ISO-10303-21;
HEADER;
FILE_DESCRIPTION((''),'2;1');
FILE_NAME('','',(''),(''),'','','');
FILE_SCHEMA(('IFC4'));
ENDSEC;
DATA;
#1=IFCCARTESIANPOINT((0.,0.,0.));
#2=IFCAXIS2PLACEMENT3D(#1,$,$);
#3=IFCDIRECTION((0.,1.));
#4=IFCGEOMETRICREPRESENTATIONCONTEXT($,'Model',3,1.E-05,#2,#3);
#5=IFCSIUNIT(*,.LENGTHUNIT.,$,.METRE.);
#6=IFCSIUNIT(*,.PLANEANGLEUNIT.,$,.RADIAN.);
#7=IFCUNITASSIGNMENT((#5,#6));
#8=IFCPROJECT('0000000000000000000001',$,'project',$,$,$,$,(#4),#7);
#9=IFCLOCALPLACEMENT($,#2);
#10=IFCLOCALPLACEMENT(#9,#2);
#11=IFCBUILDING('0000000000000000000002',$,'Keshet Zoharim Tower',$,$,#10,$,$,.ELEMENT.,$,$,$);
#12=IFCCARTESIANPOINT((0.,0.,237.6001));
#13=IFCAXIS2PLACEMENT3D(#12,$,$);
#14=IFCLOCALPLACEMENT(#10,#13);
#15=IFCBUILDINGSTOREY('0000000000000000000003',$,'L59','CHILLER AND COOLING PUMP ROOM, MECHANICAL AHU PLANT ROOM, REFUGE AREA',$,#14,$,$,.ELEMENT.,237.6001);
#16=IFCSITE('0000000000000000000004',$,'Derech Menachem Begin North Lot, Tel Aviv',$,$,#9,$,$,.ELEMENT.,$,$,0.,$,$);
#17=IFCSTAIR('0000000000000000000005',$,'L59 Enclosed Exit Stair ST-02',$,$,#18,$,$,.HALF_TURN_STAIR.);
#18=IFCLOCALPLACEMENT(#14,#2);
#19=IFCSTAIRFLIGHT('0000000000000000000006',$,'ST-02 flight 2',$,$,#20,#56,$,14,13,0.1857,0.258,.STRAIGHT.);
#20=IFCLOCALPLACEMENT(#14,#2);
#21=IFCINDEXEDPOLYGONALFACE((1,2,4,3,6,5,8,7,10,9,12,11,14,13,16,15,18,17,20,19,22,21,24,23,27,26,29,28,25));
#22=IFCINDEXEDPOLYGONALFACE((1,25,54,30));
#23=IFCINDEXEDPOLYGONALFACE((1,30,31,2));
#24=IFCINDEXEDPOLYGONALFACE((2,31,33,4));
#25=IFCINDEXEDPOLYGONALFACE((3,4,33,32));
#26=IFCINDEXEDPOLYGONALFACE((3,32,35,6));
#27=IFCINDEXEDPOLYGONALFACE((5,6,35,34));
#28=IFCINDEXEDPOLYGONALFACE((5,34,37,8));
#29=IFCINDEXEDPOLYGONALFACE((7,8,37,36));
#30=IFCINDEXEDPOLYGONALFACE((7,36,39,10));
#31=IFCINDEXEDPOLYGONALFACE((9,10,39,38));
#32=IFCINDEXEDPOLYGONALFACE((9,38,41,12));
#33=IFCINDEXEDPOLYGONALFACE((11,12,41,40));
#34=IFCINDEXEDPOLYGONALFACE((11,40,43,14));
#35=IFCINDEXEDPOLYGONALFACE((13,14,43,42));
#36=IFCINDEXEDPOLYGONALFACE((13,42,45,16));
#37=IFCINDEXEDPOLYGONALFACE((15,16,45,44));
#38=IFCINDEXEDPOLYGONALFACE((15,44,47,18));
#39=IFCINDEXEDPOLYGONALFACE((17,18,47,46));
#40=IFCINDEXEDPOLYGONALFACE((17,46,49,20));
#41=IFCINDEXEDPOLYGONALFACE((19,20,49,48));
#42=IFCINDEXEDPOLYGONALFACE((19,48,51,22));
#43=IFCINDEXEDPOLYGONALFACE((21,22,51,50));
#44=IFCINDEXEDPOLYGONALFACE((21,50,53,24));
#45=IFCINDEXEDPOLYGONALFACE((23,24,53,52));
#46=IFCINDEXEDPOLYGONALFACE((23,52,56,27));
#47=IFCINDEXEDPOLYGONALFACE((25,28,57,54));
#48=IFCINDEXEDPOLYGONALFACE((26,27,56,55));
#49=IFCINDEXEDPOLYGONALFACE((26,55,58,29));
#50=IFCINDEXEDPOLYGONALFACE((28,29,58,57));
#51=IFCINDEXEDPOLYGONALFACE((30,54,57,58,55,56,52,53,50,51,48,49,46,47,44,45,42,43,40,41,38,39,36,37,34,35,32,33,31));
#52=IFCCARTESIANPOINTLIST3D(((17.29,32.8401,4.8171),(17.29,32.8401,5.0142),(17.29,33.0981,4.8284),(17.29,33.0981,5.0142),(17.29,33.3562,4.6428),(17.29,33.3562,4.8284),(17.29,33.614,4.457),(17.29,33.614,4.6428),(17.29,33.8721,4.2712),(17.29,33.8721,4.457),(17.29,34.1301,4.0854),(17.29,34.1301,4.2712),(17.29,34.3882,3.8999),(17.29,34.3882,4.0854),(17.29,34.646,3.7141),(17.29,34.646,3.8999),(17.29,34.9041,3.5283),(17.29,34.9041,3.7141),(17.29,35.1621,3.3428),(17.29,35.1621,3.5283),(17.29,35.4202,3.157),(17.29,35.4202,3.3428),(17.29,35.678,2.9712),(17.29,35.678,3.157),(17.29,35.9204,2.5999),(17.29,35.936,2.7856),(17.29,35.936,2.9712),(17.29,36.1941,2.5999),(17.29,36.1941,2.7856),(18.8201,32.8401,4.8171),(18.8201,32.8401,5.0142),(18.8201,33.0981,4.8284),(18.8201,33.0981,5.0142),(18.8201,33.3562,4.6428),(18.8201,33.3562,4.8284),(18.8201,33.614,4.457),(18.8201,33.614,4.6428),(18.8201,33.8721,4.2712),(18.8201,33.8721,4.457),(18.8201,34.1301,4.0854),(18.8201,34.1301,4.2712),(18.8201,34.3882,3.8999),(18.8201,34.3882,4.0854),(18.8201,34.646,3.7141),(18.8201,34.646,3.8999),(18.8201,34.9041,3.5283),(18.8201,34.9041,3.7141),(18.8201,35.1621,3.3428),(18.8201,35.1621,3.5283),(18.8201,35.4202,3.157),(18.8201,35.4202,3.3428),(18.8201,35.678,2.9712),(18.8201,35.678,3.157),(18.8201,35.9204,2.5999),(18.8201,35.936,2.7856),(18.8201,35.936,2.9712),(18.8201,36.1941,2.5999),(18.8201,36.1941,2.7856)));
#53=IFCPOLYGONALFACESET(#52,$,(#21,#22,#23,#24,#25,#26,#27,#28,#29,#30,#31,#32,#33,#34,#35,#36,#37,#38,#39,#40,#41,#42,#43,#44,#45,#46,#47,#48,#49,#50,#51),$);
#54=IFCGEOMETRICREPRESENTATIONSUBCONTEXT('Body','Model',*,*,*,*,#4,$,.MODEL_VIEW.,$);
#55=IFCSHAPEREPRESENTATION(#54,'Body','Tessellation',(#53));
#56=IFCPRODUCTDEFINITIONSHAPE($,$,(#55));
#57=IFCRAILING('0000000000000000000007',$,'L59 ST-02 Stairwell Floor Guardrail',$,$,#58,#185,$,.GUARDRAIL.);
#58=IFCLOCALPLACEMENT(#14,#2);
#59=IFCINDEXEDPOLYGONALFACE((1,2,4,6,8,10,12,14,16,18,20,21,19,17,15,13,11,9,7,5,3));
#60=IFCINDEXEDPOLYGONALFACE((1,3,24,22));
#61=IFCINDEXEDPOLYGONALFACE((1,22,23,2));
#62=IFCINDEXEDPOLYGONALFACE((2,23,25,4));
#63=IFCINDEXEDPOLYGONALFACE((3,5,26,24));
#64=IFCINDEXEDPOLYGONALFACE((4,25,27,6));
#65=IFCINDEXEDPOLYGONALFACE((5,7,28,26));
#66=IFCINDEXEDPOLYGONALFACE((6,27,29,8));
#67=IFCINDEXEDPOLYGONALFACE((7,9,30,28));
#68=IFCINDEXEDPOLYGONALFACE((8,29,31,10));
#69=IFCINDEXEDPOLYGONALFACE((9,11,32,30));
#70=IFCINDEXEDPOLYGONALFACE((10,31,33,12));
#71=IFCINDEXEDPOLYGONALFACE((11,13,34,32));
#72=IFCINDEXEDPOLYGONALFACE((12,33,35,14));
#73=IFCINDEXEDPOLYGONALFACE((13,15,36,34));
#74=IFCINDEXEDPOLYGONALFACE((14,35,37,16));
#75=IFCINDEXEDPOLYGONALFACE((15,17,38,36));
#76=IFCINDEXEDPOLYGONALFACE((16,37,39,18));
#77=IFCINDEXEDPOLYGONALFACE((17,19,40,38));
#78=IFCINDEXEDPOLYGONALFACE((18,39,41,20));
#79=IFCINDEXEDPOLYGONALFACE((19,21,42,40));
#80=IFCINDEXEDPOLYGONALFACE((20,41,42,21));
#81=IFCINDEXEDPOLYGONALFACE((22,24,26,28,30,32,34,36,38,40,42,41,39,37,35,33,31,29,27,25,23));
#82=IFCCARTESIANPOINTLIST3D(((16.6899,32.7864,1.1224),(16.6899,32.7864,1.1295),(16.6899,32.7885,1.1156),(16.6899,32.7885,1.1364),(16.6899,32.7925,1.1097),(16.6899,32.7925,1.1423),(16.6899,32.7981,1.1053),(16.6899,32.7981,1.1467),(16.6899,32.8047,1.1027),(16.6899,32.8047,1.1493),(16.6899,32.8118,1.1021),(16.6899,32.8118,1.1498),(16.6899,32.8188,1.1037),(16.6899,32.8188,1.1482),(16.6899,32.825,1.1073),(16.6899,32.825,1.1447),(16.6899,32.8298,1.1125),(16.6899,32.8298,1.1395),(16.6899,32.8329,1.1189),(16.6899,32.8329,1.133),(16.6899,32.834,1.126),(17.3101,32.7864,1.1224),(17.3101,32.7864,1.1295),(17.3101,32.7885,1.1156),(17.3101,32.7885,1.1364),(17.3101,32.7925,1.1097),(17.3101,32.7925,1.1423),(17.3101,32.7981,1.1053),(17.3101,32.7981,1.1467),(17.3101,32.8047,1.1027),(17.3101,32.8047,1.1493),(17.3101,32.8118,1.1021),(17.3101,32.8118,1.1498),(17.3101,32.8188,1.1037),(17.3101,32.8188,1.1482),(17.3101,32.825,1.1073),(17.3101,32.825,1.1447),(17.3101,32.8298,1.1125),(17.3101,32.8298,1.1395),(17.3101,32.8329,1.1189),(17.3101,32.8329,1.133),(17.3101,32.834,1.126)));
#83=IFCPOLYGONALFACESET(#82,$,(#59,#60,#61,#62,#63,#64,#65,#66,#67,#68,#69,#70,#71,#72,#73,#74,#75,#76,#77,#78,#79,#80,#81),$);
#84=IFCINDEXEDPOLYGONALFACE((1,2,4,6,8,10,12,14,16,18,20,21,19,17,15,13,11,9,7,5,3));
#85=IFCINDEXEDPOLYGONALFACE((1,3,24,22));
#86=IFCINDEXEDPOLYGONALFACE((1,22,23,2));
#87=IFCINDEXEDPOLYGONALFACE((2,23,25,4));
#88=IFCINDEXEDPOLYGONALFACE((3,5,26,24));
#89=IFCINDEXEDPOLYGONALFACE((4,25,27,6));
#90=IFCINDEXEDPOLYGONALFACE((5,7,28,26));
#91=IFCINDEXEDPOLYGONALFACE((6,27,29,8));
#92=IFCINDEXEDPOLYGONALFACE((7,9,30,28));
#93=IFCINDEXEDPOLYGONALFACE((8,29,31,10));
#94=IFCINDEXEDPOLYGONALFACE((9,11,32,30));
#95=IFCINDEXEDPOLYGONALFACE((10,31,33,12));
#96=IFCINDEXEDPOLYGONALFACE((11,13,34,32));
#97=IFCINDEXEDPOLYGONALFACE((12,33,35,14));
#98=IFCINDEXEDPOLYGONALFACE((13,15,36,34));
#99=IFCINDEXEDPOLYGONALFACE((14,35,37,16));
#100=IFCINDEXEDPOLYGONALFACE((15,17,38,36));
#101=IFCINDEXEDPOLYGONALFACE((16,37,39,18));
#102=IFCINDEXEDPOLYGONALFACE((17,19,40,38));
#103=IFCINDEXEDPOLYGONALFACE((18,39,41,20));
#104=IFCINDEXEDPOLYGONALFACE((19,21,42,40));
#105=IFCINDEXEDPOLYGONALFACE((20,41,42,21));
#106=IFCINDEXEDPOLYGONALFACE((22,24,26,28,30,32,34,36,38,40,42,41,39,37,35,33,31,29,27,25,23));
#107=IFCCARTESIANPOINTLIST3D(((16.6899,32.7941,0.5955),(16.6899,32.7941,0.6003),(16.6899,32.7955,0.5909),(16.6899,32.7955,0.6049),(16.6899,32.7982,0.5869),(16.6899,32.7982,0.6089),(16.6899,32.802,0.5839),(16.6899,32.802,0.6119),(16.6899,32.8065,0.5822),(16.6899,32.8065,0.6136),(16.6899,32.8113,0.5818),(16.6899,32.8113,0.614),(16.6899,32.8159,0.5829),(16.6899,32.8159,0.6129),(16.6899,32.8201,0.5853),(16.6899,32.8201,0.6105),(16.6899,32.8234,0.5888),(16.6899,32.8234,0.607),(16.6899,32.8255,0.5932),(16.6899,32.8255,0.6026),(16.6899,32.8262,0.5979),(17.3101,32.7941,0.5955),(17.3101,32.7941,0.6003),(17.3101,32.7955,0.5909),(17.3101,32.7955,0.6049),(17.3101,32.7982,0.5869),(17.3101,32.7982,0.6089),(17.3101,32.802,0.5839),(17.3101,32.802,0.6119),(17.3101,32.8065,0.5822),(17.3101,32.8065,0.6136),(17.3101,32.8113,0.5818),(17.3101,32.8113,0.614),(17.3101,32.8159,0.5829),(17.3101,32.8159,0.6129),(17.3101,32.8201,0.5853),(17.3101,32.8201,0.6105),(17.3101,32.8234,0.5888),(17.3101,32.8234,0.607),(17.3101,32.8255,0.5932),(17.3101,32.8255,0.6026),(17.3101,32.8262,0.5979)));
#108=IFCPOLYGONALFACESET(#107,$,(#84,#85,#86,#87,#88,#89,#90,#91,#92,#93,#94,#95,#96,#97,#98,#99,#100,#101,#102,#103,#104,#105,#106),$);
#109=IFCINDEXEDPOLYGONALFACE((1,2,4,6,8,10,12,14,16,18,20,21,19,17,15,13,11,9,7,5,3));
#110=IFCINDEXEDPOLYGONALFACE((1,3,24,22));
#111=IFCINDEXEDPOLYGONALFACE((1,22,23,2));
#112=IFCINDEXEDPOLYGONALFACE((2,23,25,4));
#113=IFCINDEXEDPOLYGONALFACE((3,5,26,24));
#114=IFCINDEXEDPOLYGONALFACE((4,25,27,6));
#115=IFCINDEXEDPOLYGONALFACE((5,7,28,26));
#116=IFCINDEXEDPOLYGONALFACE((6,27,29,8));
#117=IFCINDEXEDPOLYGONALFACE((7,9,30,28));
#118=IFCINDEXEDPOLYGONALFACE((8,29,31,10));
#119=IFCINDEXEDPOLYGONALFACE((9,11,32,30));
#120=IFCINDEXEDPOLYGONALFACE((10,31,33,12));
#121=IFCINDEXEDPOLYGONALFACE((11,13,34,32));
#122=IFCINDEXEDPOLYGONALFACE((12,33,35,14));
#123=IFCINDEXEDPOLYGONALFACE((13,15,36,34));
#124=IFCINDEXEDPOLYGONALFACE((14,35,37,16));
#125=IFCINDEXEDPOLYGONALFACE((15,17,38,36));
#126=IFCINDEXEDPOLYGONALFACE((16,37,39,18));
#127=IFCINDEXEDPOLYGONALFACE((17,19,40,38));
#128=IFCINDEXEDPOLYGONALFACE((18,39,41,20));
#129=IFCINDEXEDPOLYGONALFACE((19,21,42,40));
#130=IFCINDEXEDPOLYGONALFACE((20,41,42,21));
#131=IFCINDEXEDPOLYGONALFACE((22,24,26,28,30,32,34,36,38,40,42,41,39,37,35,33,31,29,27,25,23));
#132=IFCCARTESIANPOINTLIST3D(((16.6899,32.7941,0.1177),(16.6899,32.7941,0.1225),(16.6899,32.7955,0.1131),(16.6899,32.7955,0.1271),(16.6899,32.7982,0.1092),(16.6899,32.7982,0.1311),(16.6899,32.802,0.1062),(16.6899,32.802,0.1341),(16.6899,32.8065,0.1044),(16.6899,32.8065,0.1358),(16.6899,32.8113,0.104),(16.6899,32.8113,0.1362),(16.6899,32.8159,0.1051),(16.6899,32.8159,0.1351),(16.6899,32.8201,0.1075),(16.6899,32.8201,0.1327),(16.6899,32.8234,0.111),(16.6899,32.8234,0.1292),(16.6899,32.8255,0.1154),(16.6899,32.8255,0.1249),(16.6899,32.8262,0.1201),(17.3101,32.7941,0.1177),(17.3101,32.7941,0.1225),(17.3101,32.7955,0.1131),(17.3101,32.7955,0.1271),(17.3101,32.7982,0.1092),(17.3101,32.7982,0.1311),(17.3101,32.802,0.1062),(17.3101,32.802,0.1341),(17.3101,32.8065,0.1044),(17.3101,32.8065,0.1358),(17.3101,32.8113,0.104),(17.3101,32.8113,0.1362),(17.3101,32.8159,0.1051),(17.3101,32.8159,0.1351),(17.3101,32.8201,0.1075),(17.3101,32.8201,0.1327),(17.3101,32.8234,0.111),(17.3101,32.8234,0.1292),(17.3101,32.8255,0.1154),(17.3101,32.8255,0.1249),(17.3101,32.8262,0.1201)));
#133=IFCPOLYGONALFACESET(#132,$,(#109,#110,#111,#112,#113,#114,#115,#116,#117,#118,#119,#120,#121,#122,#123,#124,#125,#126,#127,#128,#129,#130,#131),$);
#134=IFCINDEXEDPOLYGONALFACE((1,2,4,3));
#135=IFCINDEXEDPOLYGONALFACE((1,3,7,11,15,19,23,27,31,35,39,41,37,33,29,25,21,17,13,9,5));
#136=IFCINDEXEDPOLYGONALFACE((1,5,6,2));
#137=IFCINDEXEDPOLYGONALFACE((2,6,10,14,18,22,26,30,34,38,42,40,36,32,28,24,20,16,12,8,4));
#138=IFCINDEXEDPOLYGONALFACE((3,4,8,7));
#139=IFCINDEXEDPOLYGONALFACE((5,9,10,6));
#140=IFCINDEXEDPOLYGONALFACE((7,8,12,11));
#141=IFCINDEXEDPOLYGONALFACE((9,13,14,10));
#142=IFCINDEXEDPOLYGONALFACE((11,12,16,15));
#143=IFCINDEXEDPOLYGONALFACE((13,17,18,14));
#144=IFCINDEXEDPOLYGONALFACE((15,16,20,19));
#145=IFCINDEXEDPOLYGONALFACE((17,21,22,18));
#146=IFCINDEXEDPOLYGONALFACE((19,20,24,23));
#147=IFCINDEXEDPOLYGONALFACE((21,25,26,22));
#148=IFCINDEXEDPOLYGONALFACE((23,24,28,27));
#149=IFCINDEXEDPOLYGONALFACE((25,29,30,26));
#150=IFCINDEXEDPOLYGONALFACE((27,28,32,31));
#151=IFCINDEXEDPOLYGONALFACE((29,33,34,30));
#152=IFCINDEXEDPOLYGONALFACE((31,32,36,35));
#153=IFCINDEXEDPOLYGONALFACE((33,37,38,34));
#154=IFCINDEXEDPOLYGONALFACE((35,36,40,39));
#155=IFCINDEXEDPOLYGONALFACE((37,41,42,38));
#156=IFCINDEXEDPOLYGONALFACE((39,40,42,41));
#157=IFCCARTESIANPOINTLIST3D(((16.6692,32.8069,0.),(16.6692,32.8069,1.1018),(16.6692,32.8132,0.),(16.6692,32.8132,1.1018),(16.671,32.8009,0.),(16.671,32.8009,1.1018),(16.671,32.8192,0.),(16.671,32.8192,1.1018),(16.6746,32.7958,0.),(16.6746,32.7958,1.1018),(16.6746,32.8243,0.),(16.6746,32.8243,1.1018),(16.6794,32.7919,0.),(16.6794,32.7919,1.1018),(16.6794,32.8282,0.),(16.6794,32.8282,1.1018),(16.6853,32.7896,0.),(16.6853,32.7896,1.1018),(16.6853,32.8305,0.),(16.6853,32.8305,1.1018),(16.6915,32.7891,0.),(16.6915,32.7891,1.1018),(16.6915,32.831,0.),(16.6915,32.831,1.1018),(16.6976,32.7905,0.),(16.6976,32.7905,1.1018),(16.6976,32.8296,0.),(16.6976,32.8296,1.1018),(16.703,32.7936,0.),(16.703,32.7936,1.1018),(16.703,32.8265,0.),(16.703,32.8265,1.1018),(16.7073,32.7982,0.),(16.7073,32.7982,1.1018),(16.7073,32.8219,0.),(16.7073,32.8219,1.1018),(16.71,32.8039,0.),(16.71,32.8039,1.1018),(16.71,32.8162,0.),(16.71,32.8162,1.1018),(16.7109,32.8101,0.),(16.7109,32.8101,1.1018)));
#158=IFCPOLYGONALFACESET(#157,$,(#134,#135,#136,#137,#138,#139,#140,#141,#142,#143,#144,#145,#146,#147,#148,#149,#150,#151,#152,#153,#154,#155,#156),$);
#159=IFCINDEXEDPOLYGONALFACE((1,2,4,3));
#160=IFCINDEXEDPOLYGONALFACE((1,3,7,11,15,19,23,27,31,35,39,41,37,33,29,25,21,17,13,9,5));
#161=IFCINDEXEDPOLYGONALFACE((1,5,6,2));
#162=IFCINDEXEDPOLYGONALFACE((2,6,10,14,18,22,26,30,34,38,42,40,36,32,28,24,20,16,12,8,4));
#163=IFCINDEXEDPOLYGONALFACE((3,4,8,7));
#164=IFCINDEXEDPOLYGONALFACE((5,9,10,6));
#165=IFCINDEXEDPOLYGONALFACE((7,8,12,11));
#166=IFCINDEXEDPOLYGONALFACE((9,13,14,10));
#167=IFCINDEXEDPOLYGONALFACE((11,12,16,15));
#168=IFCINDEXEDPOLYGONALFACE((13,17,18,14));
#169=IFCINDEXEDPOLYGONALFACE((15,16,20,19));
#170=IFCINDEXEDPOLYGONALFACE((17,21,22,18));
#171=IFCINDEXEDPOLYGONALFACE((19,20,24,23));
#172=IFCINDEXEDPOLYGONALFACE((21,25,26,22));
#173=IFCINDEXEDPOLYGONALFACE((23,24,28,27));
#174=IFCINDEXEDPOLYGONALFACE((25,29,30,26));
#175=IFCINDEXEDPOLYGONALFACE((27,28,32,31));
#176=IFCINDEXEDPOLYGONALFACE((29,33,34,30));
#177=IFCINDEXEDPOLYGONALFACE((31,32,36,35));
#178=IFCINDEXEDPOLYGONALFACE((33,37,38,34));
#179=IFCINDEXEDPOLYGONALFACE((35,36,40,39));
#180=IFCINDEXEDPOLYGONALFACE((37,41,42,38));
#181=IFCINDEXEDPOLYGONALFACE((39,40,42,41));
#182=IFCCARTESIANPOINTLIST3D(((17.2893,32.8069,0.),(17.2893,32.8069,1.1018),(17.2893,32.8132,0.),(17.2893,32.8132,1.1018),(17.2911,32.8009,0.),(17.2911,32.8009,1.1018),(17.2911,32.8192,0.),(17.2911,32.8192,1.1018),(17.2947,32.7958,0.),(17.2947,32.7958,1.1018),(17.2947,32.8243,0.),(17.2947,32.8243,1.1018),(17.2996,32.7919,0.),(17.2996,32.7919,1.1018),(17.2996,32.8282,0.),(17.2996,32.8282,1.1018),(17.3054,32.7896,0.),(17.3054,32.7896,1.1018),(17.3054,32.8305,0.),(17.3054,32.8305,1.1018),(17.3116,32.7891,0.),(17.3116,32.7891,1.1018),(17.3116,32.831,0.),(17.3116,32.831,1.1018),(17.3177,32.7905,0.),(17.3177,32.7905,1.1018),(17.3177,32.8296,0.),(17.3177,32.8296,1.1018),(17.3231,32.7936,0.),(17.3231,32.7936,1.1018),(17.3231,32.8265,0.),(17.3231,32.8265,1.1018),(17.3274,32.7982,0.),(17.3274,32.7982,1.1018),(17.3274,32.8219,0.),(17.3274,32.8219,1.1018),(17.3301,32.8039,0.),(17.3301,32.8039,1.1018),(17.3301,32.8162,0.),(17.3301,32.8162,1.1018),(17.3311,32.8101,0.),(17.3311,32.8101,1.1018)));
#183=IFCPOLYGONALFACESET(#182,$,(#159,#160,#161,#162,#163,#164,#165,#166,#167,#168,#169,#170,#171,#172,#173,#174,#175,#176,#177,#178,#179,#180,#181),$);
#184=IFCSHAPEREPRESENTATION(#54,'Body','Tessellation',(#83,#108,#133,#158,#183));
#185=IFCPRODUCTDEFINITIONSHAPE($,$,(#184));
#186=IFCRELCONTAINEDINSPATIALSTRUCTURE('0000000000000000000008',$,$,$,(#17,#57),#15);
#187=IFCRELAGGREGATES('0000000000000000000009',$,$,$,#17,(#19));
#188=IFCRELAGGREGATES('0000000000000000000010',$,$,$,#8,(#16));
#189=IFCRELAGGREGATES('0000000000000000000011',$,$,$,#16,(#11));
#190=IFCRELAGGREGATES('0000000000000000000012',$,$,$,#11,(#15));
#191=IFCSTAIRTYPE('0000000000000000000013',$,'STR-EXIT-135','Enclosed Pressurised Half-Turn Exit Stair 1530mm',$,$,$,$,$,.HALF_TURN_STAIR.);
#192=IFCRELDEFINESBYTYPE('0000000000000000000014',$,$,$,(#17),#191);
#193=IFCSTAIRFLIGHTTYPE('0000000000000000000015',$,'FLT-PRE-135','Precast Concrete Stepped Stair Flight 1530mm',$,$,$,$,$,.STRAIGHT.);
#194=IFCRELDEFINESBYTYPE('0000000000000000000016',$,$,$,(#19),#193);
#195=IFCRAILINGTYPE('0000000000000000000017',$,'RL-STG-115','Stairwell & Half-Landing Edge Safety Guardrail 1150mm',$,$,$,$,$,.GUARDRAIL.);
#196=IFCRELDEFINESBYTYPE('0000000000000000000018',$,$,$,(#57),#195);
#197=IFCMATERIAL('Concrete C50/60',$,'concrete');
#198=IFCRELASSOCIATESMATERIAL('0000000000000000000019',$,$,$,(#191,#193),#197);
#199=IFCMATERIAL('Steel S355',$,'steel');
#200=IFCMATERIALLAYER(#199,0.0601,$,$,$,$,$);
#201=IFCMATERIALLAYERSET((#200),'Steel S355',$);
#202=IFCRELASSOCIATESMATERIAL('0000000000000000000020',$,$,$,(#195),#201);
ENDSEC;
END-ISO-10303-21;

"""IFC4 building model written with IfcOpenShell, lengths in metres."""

from ifc_helpers import new_model, si_unit, direction, frame, origin, origin_2d, place, context, subcontext, project, spatial, polyline, circle, outline, extrude, material, layer, layer_set, type_object, element, aggregate, save


model = new_model("IFC4")

# Units and contexts
model_context = context("Model", 3, precision=1e-05, world=origin(), true_north=direction((0.0, 1.0)))
body_context = subcontext(model_context, "Body", "Model", "MODEL_VIEW")
ifc_project = project(units=[si_unit("LENGTHUNIT", "METRE"), si_unit("PLANEANGLEUNIT", "RADIAN")], contexts=[model_context])

# Site, building, storey
site_placement = place(None, origin())
site = spatial("IfcSite", under=ifc_project, at=site_placement, Name="Derech Menachem Begin North Lot, Tel Aviv", CompositionType="ELEMENT", RefElevation=0.0)
building_placement = place(site_placement, origin())
building = spatial("IfcBuilding", under=site, at=building_placement, Name="Keshet Zoharim Tower", CompositionType="ELEMENT")
storey_placement = place(building_placement, frame((0.0, 0.0, 237.6001)))
storey = spatial("IfcBuildingStorey", under=building, at=storey_placement, Name="L59", Description="CHILLER AND COOLING PUMP ROOM, MECHANICAL AHU PLANT ROOM, REFUGE AREA", CompositionType="ELEMENT", Elevation=237.6001)

# Shared definitions
ifc_material_1 = material(Name="Steel S355", Category="steel")

# Shared definitions
ifc_material_2 = material(Name="Concrete C50/60", Category="concrete")

# Shared definitions
stair_type = type_object("IfcStairType", Name="STR-EXIT-135", Description="Enclosed Pressurised Half-Turn Exit Stair 1530mm", PredefinedType="HALF_TURN_STAIR", material=ifc_material_2)
stair_flight_type = type_object("IfcStairFlightType", Name="FLT-PRE-135", Description="Precast Concrete Stepped Stair Flight 1530mm", PredefinedType="STRAIGHT", material=ifc_material_2)

# Stair, stair flight
stair_1_placement = place(storey_placement, origin())
stair_1 = element("IfcStair", 1, at=stair_1_placement, inside=storey, type_object=stair_type, Name="L59 Enclosed Exit Stair ST-02", PredefinedType="HALF_TURN_STAIR")
stair_flight_1_placement = place(storey_placement, frame((18.0549, 36.1941, 2.5999), z_axis=(0.0, 0.0, 1.0), x_axis=(0.0, -1.0, 0.0)))
stair_flight_1 = element("IfcStairFlight", 2, at=stair_flight_1_placement, type_object=stair_flight_type, Name="ST-02 flight 2", NumberOfRisers=14, NumberOfTreads=13, PredefinedType="STRAIGHT", RiserHeight=0.1857, TreadLength=0.258, context=body_context, shape_type="SweptSolid", body=[
    extrude(outline(polyline([(0.0, 0.0), (0.0, 0.1858), (0.2581, 0.1858), (0.2581, 0.3713), (0.5161, 0.3713), (0.5161, 0.5571), (0.7739, 0.5571), (0.7739, 0.7429), (1.032, 0.7429), (1.032, 0.9285), (1.29, 0.9285), (1.29, 1.1143), (1.5481, 1.1143), (1.5481, 1.3), (1.8059, 1.3), (1.8059, 1.4856), (2.064, 1.4856), (2.064, 1.6714), (2.322, 1.6714), (2.322, 1.8572), (2.5801, 1.8572), (2.5801, 2.043), (2.8379, 2.043), (2.8379, 2.2285), (3.0959, 2.2285), (3.0959, 2.4143), (3.354, 2.4143), (3.354, 2.6001), (3.354, 2.2173), (0.2737, 0.0), (0.0, 0.0)])), frame((0.0, 0.7651, 0.0), z_axis=(0.0, -1.0, 0.0), x_axis=(1.0, 0.0, 0.0)), (0.0, 0.0, 1.0), 1.53),
])
aggregate(stair_1, [stair_flight_1])

# Railing
ifc_layer_1 = layer(ifc_material_1, 0.0601)
ifc_layer_set_1 = layer_set([ifc_layer_1], Name="Steel S355")
railing_type_1 = type_object("IfcRailingType", Name="RL-STG-115", Description="Stairwell & Half-Landing Edge Safety Guardrail 1150mm", PredefinedType="GUARDRAIL", material=ifc_layer_set_1)
railing_1_placement = place(storey_placement, frame((16.6899, 32.8101, 0.0)))
element("IfcRailing", 3, at=railing_1_placement, inside=storey, type_object=railing_type_1, Name="L59 ST-02 Stairwell Floor Guardrail", PredefinedType="GUARDRAIL", context=body_context, shape_type="SweptSolid", body=[
    extrude(circle(Radius=0.0239, at=origin_2d()), frame((0.0, 0.0, 1.126), z_axis=(1.0, 0.0, 0.0), x_axis=(0.0, 1.0, 0.0)), (0.0, 0.0, 1.0), 0.6201),
    extrude(circle(Radius=0.0161, at=origin_2d()), frame((0.0, 0.0, 0.5979), z_axis=(1.0, 0.0, 0.0), x_axis=(0.0, 1.0, 0.0)), (0.0, 0.0, 1.0), 0.6201),
    extrude(circle(Radius=0.0161, at=origin_2d()), frame((0.0, 0.0, 0.1201), z_axis=(1.0, 0.0, 0.0), x_axis=(0.0, 1.0, 0.0)), (0.0, 0.0, 1.0), 0.6201),
    extrude(circle(Radius=0.021, at=origin_2d()), origin(), (0.0, 0.0, 1.0), 1.1018),
    extrude(circle(Radius=0.021, at=origin_2d()), frame((0.6201, 0.0, 0.0)), (0.0, 0.0, 1.0), 1.1018),
])

save(model, "model.ifc")
